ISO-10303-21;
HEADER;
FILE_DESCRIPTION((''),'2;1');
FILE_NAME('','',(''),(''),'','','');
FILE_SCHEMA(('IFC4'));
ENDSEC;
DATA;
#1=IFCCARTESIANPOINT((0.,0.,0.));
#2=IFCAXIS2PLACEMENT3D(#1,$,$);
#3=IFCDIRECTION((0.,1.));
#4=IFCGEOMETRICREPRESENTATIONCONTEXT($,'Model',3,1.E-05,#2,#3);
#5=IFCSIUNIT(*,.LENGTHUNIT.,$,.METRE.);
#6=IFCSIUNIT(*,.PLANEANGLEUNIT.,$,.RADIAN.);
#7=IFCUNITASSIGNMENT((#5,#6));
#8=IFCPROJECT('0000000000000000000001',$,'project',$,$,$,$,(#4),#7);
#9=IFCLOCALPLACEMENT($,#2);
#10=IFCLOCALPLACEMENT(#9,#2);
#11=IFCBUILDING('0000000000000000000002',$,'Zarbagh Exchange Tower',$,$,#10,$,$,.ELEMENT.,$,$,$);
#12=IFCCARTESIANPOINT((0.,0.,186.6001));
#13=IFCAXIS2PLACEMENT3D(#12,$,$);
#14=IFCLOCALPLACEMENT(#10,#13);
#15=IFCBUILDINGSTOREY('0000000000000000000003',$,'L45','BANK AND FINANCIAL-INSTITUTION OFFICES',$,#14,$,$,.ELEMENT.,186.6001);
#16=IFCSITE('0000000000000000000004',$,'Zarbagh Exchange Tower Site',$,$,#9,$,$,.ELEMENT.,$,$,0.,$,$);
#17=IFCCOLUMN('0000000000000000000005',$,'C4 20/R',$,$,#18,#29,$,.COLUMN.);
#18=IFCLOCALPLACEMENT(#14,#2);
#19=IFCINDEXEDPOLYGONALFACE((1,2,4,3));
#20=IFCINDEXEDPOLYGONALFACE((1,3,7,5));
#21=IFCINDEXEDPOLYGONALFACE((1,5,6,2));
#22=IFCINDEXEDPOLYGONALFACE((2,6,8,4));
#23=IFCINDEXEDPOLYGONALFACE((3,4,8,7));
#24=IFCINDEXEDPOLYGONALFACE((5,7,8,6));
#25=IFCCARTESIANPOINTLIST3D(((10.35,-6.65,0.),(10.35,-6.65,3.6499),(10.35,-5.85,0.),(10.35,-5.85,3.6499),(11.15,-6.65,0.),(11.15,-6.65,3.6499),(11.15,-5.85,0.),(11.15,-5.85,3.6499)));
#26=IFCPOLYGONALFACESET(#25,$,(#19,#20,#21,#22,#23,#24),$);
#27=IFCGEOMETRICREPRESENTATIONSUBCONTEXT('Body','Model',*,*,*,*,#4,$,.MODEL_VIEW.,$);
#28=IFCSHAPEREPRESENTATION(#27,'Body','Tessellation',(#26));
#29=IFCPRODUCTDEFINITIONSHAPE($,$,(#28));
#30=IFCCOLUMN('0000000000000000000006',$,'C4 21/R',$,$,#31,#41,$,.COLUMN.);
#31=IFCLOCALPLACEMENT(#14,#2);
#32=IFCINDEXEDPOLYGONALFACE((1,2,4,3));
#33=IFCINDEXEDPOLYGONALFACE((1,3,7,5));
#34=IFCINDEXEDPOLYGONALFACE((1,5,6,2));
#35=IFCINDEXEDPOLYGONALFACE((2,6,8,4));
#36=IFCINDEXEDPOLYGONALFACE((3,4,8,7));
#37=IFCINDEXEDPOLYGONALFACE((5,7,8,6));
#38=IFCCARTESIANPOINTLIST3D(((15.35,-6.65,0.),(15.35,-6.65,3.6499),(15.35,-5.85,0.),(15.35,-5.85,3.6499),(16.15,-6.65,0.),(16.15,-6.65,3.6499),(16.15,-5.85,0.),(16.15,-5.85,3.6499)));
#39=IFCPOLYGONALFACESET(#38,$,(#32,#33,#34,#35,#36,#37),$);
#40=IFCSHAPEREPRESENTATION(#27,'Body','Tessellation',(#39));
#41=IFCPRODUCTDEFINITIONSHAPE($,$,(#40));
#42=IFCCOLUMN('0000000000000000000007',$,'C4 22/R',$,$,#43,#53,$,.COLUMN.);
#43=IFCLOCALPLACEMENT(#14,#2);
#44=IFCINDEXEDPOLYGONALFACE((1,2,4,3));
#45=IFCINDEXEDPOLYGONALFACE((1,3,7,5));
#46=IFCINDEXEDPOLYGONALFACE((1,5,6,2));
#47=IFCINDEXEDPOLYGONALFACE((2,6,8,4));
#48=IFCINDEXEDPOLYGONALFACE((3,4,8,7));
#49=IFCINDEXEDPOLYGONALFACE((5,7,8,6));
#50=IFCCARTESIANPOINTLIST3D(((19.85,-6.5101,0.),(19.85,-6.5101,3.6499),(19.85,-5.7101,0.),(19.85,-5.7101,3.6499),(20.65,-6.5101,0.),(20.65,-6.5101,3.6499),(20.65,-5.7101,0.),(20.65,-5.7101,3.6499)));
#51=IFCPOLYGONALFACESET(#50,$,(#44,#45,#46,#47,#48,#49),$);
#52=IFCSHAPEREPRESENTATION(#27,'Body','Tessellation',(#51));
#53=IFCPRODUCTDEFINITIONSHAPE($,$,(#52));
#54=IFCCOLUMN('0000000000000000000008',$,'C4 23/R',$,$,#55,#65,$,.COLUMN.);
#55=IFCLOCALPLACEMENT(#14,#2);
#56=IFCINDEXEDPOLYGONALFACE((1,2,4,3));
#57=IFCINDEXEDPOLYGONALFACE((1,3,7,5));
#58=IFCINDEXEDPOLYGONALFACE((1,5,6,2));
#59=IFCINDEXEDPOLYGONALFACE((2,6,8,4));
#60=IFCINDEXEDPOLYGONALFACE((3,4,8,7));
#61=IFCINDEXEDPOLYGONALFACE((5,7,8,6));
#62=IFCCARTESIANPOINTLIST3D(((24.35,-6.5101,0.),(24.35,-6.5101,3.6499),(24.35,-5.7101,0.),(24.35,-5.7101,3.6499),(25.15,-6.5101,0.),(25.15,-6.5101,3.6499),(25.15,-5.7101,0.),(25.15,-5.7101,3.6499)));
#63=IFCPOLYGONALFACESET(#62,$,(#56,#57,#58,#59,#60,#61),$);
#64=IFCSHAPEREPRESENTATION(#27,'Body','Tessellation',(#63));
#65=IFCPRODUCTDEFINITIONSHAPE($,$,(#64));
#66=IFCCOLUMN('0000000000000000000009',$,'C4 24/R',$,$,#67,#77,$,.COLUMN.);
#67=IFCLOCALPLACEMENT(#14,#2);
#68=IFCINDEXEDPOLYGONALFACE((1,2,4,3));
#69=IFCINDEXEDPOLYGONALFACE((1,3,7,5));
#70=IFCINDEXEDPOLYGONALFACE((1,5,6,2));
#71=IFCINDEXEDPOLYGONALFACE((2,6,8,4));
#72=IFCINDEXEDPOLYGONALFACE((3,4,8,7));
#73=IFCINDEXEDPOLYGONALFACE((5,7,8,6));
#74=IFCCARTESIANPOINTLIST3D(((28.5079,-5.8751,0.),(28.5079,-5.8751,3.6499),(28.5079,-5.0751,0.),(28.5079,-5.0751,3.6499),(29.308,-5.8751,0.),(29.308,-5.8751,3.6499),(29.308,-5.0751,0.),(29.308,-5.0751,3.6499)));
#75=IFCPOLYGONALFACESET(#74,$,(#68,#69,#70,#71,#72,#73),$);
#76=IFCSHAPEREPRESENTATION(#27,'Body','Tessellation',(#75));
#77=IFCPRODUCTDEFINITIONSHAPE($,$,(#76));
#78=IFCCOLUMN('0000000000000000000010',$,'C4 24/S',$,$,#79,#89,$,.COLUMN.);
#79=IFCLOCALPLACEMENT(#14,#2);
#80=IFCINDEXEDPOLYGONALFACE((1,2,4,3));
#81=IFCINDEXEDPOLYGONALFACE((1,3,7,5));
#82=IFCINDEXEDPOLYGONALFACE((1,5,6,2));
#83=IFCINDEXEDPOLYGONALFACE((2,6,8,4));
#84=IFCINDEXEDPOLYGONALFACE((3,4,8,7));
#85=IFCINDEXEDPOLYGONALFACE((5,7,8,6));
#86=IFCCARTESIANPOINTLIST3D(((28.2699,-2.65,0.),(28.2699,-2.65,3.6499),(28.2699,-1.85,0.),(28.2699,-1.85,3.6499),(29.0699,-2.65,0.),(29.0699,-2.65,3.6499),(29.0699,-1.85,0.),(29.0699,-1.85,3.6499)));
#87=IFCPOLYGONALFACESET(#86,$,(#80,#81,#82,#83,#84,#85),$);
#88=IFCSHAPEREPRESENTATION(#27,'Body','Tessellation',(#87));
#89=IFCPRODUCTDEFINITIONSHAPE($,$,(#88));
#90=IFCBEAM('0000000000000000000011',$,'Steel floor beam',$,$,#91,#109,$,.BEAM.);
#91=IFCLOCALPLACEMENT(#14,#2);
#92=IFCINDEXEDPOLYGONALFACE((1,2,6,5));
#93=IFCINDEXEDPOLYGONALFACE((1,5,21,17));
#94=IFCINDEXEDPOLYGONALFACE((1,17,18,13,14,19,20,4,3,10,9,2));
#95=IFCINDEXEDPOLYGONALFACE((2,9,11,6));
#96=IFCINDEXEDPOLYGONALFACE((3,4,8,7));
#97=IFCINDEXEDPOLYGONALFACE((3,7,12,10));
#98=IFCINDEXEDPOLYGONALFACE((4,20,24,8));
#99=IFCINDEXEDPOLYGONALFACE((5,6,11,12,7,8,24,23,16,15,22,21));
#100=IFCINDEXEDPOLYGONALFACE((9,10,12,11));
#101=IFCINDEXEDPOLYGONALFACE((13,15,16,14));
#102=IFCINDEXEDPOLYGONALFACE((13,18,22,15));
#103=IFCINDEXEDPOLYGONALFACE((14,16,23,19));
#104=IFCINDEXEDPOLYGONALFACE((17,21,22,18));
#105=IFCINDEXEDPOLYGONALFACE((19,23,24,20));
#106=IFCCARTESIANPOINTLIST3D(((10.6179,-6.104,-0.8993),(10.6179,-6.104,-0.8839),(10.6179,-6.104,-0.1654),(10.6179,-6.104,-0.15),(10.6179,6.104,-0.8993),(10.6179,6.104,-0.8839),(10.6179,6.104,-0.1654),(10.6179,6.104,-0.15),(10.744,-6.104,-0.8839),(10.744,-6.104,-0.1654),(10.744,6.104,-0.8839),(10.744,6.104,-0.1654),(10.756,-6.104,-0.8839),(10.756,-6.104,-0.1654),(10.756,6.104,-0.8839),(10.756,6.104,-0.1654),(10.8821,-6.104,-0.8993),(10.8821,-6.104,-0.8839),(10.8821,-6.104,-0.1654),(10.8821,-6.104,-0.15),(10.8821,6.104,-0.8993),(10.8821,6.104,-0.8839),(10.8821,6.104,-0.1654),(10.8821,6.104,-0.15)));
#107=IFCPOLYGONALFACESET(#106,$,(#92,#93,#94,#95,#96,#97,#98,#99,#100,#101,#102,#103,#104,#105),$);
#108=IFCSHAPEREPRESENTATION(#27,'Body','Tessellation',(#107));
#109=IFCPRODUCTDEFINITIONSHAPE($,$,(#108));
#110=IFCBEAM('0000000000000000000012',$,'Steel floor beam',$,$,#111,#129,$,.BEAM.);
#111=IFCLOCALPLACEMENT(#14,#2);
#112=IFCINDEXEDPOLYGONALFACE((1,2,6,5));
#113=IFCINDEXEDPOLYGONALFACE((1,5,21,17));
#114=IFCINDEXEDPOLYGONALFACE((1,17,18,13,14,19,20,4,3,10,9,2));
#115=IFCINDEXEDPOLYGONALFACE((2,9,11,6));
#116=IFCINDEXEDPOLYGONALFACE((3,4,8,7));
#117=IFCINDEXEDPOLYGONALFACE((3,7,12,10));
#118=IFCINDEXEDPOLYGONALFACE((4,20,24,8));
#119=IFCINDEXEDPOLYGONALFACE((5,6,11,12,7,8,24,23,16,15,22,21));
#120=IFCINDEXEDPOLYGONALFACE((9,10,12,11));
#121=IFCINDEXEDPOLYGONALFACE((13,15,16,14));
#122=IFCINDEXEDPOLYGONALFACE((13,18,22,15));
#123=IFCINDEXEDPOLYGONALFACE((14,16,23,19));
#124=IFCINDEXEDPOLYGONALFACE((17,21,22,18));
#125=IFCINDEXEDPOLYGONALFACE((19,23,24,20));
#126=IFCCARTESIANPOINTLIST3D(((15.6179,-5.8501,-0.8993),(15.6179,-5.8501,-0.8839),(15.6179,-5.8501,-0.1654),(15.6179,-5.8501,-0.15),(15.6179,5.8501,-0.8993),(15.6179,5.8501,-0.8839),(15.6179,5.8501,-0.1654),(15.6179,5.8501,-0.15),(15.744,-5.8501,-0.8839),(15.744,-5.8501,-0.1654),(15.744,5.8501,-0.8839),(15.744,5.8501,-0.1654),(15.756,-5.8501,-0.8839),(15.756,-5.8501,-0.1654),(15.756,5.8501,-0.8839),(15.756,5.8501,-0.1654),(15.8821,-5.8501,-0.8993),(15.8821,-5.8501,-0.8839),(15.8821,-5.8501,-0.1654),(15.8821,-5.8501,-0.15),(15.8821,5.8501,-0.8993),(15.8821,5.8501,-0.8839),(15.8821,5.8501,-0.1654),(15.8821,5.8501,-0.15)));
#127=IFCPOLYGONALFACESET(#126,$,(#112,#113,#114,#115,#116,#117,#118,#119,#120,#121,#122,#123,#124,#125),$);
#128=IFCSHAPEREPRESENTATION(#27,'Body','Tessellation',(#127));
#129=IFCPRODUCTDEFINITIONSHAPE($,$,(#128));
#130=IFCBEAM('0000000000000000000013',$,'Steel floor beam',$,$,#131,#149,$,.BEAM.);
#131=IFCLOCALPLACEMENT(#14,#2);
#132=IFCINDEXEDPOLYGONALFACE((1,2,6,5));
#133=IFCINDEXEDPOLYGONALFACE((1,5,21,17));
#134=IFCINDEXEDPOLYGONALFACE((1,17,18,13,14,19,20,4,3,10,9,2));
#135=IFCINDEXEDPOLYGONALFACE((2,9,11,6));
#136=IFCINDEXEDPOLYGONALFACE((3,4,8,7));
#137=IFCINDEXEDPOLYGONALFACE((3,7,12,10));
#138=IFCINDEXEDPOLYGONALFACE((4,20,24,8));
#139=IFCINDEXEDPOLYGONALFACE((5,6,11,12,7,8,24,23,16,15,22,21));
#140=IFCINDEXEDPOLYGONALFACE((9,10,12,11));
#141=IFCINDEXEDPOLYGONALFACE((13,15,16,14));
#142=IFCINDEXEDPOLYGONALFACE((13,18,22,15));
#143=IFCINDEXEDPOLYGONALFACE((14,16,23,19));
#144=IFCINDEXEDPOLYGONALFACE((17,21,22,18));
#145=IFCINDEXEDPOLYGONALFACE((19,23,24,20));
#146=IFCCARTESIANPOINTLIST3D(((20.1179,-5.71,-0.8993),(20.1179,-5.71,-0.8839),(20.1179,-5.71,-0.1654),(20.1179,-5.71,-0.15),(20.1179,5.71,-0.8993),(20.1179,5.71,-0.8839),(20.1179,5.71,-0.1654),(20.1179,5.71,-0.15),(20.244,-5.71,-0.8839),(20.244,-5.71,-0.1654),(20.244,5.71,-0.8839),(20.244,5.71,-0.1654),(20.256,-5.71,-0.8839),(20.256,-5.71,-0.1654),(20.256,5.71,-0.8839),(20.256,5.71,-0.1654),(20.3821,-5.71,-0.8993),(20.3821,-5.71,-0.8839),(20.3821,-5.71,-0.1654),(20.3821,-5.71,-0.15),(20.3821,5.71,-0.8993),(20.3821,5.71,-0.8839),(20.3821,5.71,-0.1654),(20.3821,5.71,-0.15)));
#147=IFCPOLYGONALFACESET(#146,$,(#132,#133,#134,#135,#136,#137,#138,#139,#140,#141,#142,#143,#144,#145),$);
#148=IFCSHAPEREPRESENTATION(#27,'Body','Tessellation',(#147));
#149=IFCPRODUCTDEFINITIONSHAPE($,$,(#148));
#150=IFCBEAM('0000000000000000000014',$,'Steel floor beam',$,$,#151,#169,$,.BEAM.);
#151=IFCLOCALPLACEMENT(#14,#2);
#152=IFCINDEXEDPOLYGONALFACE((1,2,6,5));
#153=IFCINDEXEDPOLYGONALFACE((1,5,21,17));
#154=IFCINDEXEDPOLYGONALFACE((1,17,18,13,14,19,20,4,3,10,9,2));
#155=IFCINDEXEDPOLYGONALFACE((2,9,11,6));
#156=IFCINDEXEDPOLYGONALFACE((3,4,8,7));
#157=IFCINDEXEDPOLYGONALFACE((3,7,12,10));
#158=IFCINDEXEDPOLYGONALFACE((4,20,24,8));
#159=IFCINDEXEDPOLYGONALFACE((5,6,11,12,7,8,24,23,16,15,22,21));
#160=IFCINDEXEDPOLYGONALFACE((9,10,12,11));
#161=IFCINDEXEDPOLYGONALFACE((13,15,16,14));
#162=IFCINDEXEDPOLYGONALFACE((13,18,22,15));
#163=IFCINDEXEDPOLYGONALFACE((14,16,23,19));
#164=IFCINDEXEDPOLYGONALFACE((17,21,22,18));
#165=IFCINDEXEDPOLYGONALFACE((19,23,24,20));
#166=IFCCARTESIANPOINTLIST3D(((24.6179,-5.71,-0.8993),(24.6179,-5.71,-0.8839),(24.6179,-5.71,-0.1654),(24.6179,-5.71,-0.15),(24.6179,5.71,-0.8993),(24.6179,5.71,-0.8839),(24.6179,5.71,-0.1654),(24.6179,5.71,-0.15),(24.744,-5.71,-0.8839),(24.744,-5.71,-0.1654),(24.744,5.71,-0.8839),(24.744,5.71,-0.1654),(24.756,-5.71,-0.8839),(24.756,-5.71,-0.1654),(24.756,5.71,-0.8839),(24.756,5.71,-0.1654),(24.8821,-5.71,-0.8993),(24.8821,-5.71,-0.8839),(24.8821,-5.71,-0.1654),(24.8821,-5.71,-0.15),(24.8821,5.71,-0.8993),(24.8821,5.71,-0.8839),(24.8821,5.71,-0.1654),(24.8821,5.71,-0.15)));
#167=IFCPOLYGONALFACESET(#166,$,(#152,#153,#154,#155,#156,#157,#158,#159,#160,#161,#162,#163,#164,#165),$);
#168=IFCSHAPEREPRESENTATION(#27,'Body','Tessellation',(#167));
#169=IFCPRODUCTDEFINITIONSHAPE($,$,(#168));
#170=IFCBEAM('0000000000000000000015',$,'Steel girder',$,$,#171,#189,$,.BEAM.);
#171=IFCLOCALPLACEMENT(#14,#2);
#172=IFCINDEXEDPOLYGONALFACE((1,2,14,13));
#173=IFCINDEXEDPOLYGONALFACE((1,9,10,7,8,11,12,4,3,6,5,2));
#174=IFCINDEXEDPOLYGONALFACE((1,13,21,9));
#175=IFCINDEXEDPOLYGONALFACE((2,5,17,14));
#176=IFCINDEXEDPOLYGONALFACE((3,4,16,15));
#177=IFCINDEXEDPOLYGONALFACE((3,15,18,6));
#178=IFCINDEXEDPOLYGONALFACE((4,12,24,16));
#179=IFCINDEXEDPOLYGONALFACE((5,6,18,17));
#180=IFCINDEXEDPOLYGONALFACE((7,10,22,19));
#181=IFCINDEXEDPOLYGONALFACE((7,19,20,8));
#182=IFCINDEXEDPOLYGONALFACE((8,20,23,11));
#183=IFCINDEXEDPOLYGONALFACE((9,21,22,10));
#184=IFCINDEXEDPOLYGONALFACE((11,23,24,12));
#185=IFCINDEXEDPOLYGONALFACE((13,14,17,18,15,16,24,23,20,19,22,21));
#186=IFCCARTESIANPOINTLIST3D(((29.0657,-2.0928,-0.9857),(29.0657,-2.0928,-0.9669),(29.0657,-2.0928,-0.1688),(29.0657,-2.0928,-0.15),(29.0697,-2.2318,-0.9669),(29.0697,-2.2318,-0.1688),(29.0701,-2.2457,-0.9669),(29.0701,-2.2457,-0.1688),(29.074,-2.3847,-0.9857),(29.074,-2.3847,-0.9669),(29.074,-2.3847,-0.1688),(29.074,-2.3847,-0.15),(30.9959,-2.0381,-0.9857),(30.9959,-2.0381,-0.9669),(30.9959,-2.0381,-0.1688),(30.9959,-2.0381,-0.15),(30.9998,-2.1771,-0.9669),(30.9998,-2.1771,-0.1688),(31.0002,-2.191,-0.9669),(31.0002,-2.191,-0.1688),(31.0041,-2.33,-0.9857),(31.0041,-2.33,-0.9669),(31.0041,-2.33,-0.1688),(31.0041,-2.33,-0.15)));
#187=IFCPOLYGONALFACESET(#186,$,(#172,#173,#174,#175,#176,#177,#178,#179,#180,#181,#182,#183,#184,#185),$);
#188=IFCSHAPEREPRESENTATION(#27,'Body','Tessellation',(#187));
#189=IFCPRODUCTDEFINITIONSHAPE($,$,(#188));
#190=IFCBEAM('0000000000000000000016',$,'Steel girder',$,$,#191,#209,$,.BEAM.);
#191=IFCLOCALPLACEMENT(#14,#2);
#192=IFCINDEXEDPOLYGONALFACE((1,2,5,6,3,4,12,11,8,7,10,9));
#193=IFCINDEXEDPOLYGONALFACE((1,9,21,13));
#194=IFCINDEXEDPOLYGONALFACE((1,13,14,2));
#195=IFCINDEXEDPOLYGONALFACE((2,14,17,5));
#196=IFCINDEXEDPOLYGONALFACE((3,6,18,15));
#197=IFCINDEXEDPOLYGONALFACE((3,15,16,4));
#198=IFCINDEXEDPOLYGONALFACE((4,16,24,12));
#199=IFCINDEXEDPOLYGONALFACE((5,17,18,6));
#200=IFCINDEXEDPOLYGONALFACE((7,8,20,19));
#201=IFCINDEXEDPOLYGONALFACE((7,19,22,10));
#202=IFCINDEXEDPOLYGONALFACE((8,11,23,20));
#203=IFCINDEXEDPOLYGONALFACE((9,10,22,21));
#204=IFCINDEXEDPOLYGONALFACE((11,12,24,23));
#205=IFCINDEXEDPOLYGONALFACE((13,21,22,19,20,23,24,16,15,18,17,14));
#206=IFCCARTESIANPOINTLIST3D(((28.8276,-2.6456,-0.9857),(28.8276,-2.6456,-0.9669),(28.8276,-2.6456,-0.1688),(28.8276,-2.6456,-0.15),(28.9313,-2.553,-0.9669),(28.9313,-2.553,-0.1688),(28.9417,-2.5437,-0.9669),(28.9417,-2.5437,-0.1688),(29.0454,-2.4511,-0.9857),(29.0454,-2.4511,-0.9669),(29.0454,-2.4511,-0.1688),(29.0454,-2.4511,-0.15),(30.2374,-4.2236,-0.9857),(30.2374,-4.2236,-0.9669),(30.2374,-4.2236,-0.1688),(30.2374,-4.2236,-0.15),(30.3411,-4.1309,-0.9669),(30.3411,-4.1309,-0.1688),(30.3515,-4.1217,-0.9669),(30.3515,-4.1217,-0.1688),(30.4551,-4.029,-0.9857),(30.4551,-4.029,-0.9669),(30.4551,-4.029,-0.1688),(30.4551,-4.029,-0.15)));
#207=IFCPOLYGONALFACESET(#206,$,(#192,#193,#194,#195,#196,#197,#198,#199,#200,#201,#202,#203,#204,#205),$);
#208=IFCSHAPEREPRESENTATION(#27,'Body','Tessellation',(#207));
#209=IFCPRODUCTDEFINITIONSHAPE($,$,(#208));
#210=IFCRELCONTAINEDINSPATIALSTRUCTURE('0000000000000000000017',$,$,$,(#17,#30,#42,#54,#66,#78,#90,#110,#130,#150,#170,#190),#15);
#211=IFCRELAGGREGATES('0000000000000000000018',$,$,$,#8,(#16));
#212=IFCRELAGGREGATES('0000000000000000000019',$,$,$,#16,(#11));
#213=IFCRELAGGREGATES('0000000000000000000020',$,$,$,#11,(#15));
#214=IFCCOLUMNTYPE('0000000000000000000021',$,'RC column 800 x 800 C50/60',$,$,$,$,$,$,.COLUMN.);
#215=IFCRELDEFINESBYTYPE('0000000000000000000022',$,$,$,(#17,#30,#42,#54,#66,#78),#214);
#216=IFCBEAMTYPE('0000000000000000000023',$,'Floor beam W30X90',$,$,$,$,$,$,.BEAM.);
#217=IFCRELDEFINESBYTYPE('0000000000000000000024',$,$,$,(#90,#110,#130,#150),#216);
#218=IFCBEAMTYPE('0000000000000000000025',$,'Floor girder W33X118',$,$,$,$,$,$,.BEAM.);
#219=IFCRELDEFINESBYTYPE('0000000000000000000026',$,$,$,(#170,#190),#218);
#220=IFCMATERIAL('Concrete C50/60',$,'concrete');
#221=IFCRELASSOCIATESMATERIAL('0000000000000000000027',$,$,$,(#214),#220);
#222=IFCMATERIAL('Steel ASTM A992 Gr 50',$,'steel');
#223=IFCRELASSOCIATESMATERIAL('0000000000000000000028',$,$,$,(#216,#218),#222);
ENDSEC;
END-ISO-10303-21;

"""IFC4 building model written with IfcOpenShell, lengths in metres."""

from ifc_helpers import new_model, si_unit, direction, frame, origin, origin_2d, place, context, subcontext, project, spatial, rectangle, i_section, extrude, material, material_profile, profile_set, type_object, element, save


model = new_model("IFC4")

# Units and contexts
model_context = context("Model", 3, precision=1e-05, world=origin(), true_north=direction((0.0, 1.0)))
body_context = subcontext(model_context, "Body", "Model", "MODEL_VIEW")
ifc_project = project(units=[si_unit("LENGTHUNIT", "METRE"), si_unit("PLANEANGLEUNIT", "RADIAN")], contexts=[model_context])

# Site, building, storey
site_placement = place(None, origin())
site = spatial("IfcSite", under=ifc_project, at=site_placement, Name="Zarbagh Exchange Tower Site", CompositionType="ELEMENT", RefElevation=0.0)
building_placement = place(site_placement, origin())
building = spatial("IfcBuilding", under=site, at=building_placement, Name="Zarbagh Exchange Tower", CompositionType="ELEMENT")
storey_placement = place(building_placement, frame((0.0, 0.0, 186.6001)))
storey = spatial("IfcBuildingStorey", under=building, at=storey_placement, Name="L45", Description="BANK AND FINANCIAL-INSTITUTION OFFICES", CompositionType="ELEMENT", Elevation=186.6001)

# Columns
ifc_material_1 = material(Name="Concrete C50/60", Category="concrete")
ifc_material_profile_1 = material_profile(ifc_material_1, rectangle(XDim=0.8, YDim=0.8, at=origin_2d()), Name="RC column 800 x 800 C50/60")
ifc_profile_set_1 = profile_set([ifc_material_profile_1], Name="Concrete C50/60")
column_type = type_object("IfcColumnType", Name="RC column 800 x 800 C50/60", PredefinedType="COLUMN", material=ifc_profile_set_1)
for number, where, z_axis, x_axis, name in (
    (1, (10.75, -6.25, 0.0), (0.0, 0.0, 1.0), (1.0, 0.0, 0.0), "C4 20/R"),
    (2, (15.75, -6.25, 0.0), (0.0, 0.0, 1.0), (1.0, 0.0, 0.0), "C4 21/R"),
    (3, (20.25, -6.1101, 0.0), (0.0, 0.0, 1.0), (1.0, 0.0, 0.0), "C4 22/R"),
    (4, (24.75, -6.1101, 0.0), (0.0, 0.0, 1.0), (1.0, 0.0, 0.0), "C4 23/R"),
    (5, (28.908, -5.4751, 0.0), (0.0, 0.0, 1.0), (1.0, 0.0, 0.0), "C4 24/R"),
    (6, (28.6699, -2.25, 0.0), (0.0, 0.0, 1.0), (1.0, 0.0, 0.0), "C4 24/S"),
):
    element("IfcColumn", number, at=place(storey_placement, frame(where, z_axis=z_axis, x_axis=x_axis)), inside=storey, type_object=column_type, Name=name, PredefinedType="COLUMN", context=body_context, shape_type="SweptSolid", body=[
        extrude(rectangle(XDim=0.8, YDim=0.8, at=origin_2d()), origin(), (0.0, 0.0, 1.0), 3.6499),
    ])

# Beams
ifc_material_2 = material(Name="Steel ASTM A992 Gr 50", Category="steel")
ifc_material_profile_2 = material_profile(ifc_material_2, i_section(OverallWidth=0.2642, OverallDepth=0.7493, WebThickness=0.012, FlangeThickness=0.0154, at=origin_2d()), Name="W30X90")
ifc_profile_set_2 = profile_set([ifc_material_profile_2], Name="Steel ASTM A992 Gr 50")
beam_type_1 = type_object("IfcBeamType", Name="Floor beam W30X90", PredefinedType="BEAM", material=ifc_profile_set_2)
beam_1_placement = place(storey_placement, frame((10.75, -6.104, -0.5247), z_axis=(0.0, 1.0, 0.0), x_axis=(-1.0, 0.0, 0.0)))
element("IfcBeam", 7, at=beam_1_placement, inside=storey, type_object=beam_type_1, Name="Steel floor beam", PredefinedType="BEAM", context=body_context, shape_type="SweptSolid", body=[
    extrude(i_section(OverallWidth=0.2642, OverallDepth=0.7493, WebThickness=0.012, FlangeThickness=0.0154, at=origin_2d()), origin(), (0.0, 0.0, 1.0), 12.208),
])
beam_2_placement = place(storey_placement, frame((15.75, -5.8501, -0.5247), z_axis=(0.0, 1.0, 0.0), x_axis=(-1.0, 0.0, 0.0)))
element("IfcBeam", 8, at=beam_2_placement, inside=storey, type_object=beam_type_1, Name="Steel floor beam", PredefinedType="BEAM", context=body_context, shape_type="SweptSolid", body=[
    extrude(i_section(OverallWidth=0.2642, OverallDepth=0.7493, WebThickness=0.012, FlangeThickness=0.0154, at=origin_2d()), origin(), (0.0, 0.0, 1.0), 11.7002),
])
for number, where, z_axis, x_axis, name in (
    (9, (20.25, -5.71, -0.5247), (0.0, 1.0, 0.0), (-1.0, 0.0, 0.0), "Steel floor beam"),
    (10, (24.75, -5.71, -0.5247), (0.0, 1.0, 0.0), (-1.0, 0.0, 0.0), "Steel floor beam"),
):
    element("IfcBeam", number, at=place(storey_placement, frame(where, z_axis=z_axis, x_axis=x_axis)), inside=storey, type_object=beam_type_1, Name=name, PredefinedType="BEAM", context=body_context, shape_type="SweptSolid", body=[
        extrude(i_section(OverallWidth=0.2642, OverallDepth=0.7493, WebThickness=0.012, FlangeThickness=0.0154, at=origin_2d()), origin(), (0.0, 0.0, 1.0), 11.4199),
    ])
ifc_material_profile_3 = material_profile(ifc_material_2, i_section(OverallWidth=0.292, OverallDepth=0.8357, WebThickness=0.0139, FlangeThickness=0.0188, at=origin_2d()), Name="W33X118")
ifc_profile_set_3 = profile_set([ifc_material_profile_3], Name="Steel ASTM A992 Gr 50")
beam_type_2 = type_object("IfcBeamType", Name="Floor girder W33X118", PredefinedType="BEAM", material=ifc_profile_set_3)
beam_3_placement = place(storey_placement, frame((31.0, -2.1841, -0.5679), z_axis=(-0.999599, -0.028322, 0.0), x_axis=(0.028322, -0.999599, 0.0)))
element("IfcBeam", 11, at=beam_3_placement, inside=storey, type_object=beam_type_2, Name="Steel girder", PredefinedType="BEAM", context=body_context, shape_type="SweptSolid", body=[
    extrude(i_section(OverallWidth=0.292, OverallDepth=0.8357, WebThickness=0.0139, FlangeThickness=0.0188, at=origin_2d()), origin(), (0.0, 0.0, 1.0), 1.9309),
])
beam_4_placement = place(storey_placement, frame((28.9365, -2.5483, -0.5679), z_axis=(0.666238, -0.745739, 0.0), x_axis=(0.745739, 0.666238, 0.0)))
element("IfcBeam", 12, at=beam_4_placement, inside=storey, type_object=beam_type_2, Name="Steel girder", PredefinedType="BEAM", context=body_context, shape_type="SweptSolid", body=[
    extrude(i_section(OverallWidth=0.292, OverallDepth=0.8357, WebThickness=0.0139, FlangeThickness=0.0188, at=origin_2d()), origin(), (0.0, 0.0, 1.0), 2.116),
])

save(model, "model.ifc")
